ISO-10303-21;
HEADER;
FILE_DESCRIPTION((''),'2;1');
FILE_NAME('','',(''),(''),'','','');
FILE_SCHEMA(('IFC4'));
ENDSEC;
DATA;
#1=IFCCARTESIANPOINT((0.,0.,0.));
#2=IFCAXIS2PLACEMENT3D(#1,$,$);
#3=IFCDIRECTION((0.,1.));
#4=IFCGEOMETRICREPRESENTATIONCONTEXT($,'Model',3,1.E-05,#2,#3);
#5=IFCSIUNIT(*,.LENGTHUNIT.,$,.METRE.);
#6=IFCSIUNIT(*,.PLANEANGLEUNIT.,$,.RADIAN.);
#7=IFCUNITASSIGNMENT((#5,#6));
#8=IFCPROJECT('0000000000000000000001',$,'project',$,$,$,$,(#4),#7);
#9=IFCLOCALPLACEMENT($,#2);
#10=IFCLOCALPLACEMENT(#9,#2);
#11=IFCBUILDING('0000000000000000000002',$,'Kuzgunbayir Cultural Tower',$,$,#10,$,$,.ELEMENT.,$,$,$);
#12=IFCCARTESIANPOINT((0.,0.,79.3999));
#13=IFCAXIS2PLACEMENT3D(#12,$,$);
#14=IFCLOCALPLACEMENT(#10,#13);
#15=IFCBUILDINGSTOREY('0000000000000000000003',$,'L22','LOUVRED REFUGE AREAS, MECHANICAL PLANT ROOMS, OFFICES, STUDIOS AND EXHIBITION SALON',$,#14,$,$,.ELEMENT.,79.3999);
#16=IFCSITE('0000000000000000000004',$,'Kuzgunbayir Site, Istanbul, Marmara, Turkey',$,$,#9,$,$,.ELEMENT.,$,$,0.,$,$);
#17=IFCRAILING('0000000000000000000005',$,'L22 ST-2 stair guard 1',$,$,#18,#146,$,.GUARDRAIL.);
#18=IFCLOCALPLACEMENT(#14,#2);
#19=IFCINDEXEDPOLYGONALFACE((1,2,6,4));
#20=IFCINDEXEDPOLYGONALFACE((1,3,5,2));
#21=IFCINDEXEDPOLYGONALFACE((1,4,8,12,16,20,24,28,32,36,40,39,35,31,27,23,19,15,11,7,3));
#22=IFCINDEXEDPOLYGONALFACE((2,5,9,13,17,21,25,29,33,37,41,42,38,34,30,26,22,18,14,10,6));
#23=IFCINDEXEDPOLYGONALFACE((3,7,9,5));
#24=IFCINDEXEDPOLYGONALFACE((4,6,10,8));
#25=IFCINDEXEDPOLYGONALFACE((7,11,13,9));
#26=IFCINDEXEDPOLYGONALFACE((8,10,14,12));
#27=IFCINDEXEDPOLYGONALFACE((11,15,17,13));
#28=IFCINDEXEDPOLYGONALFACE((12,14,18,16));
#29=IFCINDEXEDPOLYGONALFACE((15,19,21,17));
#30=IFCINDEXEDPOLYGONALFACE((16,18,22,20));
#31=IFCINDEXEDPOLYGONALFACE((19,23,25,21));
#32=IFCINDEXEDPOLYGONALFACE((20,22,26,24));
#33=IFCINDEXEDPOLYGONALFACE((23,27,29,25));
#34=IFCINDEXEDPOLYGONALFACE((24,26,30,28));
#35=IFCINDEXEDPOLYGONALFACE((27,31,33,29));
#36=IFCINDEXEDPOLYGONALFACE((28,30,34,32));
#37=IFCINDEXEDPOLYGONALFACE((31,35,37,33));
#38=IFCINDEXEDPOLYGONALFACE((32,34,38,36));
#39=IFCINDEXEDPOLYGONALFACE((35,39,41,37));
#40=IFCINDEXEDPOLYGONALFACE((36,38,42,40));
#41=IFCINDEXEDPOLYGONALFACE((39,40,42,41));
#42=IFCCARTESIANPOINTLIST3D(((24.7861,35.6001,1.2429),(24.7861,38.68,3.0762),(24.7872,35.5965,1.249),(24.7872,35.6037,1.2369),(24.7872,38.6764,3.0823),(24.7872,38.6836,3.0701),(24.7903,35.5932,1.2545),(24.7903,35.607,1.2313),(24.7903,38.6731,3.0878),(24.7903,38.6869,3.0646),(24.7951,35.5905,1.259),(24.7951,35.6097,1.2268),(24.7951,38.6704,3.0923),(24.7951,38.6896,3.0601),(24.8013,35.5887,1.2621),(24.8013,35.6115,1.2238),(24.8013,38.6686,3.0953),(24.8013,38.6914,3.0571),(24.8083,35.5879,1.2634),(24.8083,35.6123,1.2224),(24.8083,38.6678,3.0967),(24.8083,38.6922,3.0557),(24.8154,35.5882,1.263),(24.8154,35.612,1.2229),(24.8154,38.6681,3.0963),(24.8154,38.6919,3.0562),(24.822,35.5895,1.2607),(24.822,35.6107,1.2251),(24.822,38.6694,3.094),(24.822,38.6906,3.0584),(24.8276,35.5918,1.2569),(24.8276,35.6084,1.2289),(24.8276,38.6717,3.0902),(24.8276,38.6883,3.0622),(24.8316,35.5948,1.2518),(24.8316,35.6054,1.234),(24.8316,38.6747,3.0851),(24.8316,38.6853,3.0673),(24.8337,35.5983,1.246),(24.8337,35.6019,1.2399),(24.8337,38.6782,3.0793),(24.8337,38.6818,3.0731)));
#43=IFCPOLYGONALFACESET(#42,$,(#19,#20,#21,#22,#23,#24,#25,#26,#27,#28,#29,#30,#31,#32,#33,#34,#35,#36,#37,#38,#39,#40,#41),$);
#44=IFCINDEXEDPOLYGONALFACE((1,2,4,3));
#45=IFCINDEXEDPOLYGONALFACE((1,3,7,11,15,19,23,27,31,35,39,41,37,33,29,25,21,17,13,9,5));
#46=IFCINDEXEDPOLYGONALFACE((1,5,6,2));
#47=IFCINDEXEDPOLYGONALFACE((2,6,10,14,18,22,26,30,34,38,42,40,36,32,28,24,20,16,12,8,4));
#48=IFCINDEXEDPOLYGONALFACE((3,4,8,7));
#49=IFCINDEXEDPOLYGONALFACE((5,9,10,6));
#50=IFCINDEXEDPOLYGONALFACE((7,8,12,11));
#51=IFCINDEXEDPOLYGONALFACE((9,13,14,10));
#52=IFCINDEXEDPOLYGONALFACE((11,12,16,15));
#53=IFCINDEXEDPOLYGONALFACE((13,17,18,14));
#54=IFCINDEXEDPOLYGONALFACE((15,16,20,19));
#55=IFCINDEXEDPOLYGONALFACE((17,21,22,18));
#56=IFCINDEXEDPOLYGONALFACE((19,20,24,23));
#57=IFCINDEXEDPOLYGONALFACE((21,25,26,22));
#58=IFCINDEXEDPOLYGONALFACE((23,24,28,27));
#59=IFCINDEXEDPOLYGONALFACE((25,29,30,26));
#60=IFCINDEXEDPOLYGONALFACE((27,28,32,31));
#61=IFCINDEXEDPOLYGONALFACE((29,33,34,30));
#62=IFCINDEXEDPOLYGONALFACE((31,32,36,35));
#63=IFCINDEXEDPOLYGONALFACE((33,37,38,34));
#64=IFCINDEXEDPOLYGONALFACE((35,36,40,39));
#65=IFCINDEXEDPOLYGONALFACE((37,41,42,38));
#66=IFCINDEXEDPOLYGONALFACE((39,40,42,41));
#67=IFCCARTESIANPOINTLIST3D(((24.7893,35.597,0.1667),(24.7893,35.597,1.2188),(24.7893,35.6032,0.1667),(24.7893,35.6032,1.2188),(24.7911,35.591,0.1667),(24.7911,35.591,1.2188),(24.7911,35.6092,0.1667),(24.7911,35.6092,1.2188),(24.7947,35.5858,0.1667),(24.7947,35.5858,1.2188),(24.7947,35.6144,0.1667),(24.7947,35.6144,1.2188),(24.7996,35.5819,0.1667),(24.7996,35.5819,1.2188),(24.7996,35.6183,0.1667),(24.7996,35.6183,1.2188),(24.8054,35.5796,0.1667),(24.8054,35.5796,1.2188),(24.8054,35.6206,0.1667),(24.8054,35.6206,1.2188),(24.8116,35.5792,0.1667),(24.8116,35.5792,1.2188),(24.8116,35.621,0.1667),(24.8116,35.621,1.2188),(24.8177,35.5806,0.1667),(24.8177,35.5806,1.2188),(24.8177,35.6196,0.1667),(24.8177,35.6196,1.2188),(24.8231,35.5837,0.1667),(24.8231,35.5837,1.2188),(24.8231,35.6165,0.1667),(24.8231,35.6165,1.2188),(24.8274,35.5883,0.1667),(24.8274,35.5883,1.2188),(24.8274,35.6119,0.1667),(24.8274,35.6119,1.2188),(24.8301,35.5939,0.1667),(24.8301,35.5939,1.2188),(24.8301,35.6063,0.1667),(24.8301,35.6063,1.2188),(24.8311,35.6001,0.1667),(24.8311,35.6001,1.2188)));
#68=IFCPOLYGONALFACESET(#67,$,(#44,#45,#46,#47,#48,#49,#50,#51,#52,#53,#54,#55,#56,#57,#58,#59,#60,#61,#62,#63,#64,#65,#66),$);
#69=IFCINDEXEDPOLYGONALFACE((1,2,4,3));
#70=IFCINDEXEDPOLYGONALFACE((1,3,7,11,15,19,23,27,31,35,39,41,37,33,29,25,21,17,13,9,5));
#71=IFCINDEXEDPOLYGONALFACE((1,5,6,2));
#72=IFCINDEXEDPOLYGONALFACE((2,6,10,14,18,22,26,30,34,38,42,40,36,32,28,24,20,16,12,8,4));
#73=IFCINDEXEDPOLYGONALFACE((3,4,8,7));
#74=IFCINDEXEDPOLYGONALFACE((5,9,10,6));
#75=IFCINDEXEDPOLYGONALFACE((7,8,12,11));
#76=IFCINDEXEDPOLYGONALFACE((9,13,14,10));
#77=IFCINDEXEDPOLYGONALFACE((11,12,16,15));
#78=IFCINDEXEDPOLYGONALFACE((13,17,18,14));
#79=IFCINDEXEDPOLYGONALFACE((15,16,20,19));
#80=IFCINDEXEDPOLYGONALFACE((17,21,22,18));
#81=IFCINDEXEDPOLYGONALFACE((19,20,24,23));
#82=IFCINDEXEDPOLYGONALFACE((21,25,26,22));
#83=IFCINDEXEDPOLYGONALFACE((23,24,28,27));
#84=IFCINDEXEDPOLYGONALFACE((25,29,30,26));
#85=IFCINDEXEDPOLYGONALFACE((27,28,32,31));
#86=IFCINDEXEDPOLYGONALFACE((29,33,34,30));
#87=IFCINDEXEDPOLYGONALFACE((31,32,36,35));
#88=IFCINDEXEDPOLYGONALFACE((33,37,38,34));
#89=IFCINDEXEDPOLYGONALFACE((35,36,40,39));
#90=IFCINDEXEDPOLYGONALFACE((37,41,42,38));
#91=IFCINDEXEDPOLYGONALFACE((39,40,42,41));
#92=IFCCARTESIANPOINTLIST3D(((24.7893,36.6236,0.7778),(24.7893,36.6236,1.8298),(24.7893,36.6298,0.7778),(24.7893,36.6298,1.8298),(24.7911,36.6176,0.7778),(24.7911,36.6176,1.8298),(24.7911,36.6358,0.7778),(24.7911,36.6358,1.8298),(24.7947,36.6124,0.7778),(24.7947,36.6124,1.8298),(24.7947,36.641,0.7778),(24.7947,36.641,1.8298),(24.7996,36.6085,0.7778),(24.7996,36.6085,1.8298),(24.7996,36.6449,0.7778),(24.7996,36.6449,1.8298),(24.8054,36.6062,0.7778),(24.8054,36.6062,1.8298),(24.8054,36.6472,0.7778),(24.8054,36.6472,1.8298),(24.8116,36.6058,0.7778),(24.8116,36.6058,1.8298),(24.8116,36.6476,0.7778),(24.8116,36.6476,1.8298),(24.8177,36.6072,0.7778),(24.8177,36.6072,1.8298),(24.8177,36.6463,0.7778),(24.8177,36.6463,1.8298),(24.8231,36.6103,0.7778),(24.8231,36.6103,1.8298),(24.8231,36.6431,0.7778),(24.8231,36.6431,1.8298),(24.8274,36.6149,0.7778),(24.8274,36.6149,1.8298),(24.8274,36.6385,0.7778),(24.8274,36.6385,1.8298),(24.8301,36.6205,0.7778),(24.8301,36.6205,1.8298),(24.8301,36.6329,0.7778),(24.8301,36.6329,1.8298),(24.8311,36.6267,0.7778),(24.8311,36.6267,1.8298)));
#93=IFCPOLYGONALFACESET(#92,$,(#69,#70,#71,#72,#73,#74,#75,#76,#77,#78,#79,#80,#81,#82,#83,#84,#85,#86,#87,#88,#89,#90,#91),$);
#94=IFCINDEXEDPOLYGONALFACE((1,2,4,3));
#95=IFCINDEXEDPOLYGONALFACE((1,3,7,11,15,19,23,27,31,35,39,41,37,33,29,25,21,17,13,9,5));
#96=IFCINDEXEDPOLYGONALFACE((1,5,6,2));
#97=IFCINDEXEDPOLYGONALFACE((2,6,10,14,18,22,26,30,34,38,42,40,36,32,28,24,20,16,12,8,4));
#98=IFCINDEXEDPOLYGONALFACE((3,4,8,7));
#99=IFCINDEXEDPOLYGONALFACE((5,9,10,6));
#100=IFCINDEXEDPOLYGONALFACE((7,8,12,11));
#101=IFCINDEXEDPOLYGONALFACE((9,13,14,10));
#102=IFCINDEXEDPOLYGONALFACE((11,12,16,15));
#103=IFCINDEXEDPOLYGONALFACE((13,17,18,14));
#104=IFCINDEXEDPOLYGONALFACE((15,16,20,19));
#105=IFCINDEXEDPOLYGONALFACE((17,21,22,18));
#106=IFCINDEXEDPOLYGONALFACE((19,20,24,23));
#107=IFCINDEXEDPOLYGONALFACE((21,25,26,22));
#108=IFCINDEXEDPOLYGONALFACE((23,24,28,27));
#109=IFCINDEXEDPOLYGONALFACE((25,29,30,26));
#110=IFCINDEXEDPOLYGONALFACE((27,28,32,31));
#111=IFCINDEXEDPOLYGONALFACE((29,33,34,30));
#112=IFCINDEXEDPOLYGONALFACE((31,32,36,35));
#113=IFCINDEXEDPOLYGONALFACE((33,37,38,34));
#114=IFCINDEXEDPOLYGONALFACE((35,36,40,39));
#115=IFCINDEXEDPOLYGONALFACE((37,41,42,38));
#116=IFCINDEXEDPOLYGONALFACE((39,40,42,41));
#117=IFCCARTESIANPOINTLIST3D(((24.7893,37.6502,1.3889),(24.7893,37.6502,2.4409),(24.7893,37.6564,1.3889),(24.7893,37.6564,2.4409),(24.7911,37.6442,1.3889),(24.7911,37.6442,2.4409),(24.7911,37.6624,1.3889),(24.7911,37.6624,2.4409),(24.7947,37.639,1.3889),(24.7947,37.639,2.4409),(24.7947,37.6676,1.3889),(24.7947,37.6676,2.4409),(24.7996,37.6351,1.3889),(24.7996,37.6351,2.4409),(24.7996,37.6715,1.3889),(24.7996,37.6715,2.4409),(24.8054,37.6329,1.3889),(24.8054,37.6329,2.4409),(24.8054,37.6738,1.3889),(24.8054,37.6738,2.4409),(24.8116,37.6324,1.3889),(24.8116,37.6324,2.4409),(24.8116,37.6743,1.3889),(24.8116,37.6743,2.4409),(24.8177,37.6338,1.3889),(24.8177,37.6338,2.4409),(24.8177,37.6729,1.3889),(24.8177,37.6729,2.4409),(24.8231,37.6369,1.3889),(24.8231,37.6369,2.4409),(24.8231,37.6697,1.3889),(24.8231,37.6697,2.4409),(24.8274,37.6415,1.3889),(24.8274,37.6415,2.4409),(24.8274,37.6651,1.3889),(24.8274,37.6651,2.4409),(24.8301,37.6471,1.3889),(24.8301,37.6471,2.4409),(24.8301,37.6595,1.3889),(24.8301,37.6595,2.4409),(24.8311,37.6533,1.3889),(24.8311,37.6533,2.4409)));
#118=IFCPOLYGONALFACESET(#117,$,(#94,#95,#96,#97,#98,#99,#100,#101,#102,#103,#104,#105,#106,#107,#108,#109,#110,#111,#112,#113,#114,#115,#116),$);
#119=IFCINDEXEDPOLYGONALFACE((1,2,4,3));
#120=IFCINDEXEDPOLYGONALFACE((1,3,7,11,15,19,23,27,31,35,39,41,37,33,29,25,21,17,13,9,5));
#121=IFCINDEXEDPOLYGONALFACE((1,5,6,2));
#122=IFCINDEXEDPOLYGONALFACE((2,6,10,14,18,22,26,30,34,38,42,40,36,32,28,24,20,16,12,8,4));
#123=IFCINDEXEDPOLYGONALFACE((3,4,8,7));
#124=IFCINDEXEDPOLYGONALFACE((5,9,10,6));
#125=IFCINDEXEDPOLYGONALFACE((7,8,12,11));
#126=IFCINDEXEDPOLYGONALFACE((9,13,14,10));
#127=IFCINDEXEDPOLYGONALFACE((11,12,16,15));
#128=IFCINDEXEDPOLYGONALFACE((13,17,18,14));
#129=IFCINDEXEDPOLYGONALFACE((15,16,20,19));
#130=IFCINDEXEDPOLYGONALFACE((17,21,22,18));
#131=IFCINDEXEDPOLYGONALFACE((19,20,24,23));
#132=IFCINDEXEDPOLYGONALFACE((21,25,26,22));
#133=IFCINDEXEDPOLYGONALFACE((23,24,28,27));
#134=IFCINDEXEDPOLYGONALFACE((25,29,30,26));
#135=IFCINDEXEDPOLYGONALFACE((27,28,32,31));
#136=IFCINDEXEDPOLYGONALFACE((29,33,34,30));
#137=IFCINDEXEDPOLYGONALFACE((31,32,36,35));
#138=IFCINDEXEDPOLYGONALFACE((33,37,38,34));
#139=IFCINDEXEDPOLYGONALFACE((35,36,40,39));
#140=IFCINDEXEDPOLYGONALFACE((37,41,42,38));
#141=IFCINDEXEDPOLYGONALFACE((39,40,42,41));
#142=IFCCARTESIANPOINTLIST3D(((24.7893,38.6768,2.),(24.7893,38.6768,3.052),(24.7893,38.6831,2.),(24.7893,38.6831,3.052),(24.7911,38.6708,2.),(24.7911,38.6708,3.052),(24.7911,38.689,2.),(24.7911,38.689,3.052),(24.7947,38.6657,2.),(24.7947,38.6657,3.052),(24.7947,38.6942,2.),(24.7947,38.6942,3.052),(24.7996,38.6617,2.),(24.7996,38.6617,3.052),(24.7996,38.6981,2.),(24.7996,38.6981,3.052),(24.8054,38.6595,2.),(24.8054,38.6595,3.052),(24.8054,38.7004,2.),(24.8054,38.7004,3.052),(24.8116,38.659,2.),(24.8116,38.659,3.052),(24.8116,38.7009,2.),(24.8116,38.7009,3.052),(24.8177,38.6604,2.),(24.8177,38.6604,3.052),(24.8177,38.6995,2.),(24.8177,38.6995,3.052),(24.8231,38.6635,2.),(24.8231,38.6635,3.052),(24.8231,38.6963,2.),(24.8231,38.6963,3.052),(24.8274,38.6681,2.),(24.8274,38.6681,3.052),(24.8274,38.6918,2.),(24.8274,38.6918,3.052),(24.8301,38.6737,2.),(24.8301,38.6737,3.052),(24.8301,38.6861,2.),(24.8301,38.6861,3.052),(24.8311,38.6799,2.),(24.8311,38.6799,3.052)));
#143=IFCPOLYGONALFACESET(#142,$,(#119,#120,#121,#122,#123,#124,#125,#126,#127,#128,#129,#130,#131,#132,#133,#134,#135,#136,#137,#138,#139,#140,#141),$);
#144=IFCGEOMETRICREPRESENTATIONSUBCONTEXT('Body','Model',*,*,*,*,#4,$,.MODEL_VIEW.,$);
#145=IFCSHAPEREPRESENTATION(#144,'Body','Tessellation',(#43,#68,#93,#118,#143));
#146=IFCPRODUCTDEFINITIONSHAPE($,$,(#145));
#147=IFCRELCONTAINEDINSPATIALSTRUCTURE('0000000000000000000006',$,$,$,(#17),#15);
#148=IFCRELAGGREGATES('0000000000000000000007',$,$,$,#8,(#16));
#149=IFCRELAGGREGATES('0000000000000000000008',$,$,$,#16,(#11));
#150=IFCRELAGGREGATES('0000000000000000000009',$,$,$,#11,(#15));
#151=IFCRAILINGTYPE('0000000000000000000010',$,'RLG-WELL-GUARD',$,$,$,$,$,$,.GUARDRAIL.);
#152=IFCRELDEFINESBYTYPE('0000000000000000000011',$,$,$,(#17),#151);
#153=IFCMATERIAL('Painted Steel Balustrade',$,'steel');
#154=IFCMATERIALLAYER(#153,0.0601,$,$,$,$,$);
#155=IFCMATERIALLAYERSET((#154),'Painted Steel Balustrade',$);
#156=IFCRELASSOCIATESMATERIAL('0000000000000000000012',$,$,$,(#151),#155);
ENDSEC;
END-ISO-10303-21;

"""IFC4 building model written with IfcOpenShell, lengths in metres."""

from ifc_helpers import new_model, si_unit, direction, frame, origin, origin_2d, place, context, subcontext, project, spatial, circle, extrude, material, layer, layer_set, type_object, element, save


model = new_model("IFC4")

# Units and contexts
model_context = context("Model", 3, precision=1e-05, world=origin(), true_north=direction((0.0, 1.0)))
body_context = subcontext(model_context, "Body", "Model", "MODEL_VIEW")
ifc_project = project(units=[si_unit("LENGTHUNIT", "METRE"), si_unit("PLANEANGLEUNIT", "RADIAN")], contexts=[model_context])

# Site, building, storey
site_placement = place(None, origin())
site = spatial("IfcSite", under=ifc_project, at=site_placement, Name="Kuzgunbayir Site, Istanbul, Marmara, Turkey", CompositionType="ELEMENT", RefElevation=0.0)
building_placement = place(site_placement, origin())
building = spatial("IfcBuilding", under=site, at=building_placement, Name="Kuzgunbayir Cultural Tower", CompositionType="ELEMENT")
storey_placement = place(building_placement, frame((0.0, 0.0, 79.3999)))
storey = spatial("IfcBuildingStorey", under=building, at=storey_placement, Name="L22", Description="LOUVRED REFUGE AREAS, MECHANICAL PLANT ROOMS, OFFICES, STUDIOS AND EXHIBITION SALON", CompositionType="ELEMENT", Elevation=79.3999)

# Railing
ifc_material_1 = material(Name="Painted Steel Balustrade", Category="steel")
ifc_layer_1 = layer(ifc_material_1, 0.0601)
ifc_layer_set_1 = layer_set([ifc_layer_1], Name="Painted Steel Balustrade")
railing_type_1 = type_object("IfcRailingType", Name="RLG-WELL-GUARD", PredefinedType="GUARDRAIL", material=ifc_layer_set_1)
railing_1_placement = place(storey_placement, frame((24.8101, 35.6001, 0.1667)))
element("IfcRailing", 1, at=railing_1_placement, inside=storey, type_object=railing_type_1, Name="L22 ST-2 stair guard 1", PredefinedType="GUARDRAIL", context=body_context, shape_type="SweptSolid", body=[
    extrude(circle(Radius=0.0239, at=origin_2d()), frame((0.0, 0.0, 1.0762), z_axis=(0.0, 0.859291, 0.511487), x_axis=(-1.0, 0.0, 0.0)), (0.0, 0.0, 1.0), 3.5842),
    extrude(circle(Radius=0.021, at=origin_2d()), origin(), (0.0, 0.0, 1.0), 1.052),
    extrude(circle(Radius=0.021, at=origin_2d()), frame((0.0, 1.0266, 0.6111)), (0.0, 0.0, 1.0), 1.052),
    extrude(circle(Radius=0.021, at=origin_2d()), frame((0.0, 2.0532, 1.2222)), (0.0, 0.0, 1.0), 1.052),
    extrude(circle(Radius=0.021, at=origin_2d()), frame((0.0, 3.0798, 1.8333)), (0.0, 0.0, 1.0), 1.052),
])

save(model, "model.ifc")
